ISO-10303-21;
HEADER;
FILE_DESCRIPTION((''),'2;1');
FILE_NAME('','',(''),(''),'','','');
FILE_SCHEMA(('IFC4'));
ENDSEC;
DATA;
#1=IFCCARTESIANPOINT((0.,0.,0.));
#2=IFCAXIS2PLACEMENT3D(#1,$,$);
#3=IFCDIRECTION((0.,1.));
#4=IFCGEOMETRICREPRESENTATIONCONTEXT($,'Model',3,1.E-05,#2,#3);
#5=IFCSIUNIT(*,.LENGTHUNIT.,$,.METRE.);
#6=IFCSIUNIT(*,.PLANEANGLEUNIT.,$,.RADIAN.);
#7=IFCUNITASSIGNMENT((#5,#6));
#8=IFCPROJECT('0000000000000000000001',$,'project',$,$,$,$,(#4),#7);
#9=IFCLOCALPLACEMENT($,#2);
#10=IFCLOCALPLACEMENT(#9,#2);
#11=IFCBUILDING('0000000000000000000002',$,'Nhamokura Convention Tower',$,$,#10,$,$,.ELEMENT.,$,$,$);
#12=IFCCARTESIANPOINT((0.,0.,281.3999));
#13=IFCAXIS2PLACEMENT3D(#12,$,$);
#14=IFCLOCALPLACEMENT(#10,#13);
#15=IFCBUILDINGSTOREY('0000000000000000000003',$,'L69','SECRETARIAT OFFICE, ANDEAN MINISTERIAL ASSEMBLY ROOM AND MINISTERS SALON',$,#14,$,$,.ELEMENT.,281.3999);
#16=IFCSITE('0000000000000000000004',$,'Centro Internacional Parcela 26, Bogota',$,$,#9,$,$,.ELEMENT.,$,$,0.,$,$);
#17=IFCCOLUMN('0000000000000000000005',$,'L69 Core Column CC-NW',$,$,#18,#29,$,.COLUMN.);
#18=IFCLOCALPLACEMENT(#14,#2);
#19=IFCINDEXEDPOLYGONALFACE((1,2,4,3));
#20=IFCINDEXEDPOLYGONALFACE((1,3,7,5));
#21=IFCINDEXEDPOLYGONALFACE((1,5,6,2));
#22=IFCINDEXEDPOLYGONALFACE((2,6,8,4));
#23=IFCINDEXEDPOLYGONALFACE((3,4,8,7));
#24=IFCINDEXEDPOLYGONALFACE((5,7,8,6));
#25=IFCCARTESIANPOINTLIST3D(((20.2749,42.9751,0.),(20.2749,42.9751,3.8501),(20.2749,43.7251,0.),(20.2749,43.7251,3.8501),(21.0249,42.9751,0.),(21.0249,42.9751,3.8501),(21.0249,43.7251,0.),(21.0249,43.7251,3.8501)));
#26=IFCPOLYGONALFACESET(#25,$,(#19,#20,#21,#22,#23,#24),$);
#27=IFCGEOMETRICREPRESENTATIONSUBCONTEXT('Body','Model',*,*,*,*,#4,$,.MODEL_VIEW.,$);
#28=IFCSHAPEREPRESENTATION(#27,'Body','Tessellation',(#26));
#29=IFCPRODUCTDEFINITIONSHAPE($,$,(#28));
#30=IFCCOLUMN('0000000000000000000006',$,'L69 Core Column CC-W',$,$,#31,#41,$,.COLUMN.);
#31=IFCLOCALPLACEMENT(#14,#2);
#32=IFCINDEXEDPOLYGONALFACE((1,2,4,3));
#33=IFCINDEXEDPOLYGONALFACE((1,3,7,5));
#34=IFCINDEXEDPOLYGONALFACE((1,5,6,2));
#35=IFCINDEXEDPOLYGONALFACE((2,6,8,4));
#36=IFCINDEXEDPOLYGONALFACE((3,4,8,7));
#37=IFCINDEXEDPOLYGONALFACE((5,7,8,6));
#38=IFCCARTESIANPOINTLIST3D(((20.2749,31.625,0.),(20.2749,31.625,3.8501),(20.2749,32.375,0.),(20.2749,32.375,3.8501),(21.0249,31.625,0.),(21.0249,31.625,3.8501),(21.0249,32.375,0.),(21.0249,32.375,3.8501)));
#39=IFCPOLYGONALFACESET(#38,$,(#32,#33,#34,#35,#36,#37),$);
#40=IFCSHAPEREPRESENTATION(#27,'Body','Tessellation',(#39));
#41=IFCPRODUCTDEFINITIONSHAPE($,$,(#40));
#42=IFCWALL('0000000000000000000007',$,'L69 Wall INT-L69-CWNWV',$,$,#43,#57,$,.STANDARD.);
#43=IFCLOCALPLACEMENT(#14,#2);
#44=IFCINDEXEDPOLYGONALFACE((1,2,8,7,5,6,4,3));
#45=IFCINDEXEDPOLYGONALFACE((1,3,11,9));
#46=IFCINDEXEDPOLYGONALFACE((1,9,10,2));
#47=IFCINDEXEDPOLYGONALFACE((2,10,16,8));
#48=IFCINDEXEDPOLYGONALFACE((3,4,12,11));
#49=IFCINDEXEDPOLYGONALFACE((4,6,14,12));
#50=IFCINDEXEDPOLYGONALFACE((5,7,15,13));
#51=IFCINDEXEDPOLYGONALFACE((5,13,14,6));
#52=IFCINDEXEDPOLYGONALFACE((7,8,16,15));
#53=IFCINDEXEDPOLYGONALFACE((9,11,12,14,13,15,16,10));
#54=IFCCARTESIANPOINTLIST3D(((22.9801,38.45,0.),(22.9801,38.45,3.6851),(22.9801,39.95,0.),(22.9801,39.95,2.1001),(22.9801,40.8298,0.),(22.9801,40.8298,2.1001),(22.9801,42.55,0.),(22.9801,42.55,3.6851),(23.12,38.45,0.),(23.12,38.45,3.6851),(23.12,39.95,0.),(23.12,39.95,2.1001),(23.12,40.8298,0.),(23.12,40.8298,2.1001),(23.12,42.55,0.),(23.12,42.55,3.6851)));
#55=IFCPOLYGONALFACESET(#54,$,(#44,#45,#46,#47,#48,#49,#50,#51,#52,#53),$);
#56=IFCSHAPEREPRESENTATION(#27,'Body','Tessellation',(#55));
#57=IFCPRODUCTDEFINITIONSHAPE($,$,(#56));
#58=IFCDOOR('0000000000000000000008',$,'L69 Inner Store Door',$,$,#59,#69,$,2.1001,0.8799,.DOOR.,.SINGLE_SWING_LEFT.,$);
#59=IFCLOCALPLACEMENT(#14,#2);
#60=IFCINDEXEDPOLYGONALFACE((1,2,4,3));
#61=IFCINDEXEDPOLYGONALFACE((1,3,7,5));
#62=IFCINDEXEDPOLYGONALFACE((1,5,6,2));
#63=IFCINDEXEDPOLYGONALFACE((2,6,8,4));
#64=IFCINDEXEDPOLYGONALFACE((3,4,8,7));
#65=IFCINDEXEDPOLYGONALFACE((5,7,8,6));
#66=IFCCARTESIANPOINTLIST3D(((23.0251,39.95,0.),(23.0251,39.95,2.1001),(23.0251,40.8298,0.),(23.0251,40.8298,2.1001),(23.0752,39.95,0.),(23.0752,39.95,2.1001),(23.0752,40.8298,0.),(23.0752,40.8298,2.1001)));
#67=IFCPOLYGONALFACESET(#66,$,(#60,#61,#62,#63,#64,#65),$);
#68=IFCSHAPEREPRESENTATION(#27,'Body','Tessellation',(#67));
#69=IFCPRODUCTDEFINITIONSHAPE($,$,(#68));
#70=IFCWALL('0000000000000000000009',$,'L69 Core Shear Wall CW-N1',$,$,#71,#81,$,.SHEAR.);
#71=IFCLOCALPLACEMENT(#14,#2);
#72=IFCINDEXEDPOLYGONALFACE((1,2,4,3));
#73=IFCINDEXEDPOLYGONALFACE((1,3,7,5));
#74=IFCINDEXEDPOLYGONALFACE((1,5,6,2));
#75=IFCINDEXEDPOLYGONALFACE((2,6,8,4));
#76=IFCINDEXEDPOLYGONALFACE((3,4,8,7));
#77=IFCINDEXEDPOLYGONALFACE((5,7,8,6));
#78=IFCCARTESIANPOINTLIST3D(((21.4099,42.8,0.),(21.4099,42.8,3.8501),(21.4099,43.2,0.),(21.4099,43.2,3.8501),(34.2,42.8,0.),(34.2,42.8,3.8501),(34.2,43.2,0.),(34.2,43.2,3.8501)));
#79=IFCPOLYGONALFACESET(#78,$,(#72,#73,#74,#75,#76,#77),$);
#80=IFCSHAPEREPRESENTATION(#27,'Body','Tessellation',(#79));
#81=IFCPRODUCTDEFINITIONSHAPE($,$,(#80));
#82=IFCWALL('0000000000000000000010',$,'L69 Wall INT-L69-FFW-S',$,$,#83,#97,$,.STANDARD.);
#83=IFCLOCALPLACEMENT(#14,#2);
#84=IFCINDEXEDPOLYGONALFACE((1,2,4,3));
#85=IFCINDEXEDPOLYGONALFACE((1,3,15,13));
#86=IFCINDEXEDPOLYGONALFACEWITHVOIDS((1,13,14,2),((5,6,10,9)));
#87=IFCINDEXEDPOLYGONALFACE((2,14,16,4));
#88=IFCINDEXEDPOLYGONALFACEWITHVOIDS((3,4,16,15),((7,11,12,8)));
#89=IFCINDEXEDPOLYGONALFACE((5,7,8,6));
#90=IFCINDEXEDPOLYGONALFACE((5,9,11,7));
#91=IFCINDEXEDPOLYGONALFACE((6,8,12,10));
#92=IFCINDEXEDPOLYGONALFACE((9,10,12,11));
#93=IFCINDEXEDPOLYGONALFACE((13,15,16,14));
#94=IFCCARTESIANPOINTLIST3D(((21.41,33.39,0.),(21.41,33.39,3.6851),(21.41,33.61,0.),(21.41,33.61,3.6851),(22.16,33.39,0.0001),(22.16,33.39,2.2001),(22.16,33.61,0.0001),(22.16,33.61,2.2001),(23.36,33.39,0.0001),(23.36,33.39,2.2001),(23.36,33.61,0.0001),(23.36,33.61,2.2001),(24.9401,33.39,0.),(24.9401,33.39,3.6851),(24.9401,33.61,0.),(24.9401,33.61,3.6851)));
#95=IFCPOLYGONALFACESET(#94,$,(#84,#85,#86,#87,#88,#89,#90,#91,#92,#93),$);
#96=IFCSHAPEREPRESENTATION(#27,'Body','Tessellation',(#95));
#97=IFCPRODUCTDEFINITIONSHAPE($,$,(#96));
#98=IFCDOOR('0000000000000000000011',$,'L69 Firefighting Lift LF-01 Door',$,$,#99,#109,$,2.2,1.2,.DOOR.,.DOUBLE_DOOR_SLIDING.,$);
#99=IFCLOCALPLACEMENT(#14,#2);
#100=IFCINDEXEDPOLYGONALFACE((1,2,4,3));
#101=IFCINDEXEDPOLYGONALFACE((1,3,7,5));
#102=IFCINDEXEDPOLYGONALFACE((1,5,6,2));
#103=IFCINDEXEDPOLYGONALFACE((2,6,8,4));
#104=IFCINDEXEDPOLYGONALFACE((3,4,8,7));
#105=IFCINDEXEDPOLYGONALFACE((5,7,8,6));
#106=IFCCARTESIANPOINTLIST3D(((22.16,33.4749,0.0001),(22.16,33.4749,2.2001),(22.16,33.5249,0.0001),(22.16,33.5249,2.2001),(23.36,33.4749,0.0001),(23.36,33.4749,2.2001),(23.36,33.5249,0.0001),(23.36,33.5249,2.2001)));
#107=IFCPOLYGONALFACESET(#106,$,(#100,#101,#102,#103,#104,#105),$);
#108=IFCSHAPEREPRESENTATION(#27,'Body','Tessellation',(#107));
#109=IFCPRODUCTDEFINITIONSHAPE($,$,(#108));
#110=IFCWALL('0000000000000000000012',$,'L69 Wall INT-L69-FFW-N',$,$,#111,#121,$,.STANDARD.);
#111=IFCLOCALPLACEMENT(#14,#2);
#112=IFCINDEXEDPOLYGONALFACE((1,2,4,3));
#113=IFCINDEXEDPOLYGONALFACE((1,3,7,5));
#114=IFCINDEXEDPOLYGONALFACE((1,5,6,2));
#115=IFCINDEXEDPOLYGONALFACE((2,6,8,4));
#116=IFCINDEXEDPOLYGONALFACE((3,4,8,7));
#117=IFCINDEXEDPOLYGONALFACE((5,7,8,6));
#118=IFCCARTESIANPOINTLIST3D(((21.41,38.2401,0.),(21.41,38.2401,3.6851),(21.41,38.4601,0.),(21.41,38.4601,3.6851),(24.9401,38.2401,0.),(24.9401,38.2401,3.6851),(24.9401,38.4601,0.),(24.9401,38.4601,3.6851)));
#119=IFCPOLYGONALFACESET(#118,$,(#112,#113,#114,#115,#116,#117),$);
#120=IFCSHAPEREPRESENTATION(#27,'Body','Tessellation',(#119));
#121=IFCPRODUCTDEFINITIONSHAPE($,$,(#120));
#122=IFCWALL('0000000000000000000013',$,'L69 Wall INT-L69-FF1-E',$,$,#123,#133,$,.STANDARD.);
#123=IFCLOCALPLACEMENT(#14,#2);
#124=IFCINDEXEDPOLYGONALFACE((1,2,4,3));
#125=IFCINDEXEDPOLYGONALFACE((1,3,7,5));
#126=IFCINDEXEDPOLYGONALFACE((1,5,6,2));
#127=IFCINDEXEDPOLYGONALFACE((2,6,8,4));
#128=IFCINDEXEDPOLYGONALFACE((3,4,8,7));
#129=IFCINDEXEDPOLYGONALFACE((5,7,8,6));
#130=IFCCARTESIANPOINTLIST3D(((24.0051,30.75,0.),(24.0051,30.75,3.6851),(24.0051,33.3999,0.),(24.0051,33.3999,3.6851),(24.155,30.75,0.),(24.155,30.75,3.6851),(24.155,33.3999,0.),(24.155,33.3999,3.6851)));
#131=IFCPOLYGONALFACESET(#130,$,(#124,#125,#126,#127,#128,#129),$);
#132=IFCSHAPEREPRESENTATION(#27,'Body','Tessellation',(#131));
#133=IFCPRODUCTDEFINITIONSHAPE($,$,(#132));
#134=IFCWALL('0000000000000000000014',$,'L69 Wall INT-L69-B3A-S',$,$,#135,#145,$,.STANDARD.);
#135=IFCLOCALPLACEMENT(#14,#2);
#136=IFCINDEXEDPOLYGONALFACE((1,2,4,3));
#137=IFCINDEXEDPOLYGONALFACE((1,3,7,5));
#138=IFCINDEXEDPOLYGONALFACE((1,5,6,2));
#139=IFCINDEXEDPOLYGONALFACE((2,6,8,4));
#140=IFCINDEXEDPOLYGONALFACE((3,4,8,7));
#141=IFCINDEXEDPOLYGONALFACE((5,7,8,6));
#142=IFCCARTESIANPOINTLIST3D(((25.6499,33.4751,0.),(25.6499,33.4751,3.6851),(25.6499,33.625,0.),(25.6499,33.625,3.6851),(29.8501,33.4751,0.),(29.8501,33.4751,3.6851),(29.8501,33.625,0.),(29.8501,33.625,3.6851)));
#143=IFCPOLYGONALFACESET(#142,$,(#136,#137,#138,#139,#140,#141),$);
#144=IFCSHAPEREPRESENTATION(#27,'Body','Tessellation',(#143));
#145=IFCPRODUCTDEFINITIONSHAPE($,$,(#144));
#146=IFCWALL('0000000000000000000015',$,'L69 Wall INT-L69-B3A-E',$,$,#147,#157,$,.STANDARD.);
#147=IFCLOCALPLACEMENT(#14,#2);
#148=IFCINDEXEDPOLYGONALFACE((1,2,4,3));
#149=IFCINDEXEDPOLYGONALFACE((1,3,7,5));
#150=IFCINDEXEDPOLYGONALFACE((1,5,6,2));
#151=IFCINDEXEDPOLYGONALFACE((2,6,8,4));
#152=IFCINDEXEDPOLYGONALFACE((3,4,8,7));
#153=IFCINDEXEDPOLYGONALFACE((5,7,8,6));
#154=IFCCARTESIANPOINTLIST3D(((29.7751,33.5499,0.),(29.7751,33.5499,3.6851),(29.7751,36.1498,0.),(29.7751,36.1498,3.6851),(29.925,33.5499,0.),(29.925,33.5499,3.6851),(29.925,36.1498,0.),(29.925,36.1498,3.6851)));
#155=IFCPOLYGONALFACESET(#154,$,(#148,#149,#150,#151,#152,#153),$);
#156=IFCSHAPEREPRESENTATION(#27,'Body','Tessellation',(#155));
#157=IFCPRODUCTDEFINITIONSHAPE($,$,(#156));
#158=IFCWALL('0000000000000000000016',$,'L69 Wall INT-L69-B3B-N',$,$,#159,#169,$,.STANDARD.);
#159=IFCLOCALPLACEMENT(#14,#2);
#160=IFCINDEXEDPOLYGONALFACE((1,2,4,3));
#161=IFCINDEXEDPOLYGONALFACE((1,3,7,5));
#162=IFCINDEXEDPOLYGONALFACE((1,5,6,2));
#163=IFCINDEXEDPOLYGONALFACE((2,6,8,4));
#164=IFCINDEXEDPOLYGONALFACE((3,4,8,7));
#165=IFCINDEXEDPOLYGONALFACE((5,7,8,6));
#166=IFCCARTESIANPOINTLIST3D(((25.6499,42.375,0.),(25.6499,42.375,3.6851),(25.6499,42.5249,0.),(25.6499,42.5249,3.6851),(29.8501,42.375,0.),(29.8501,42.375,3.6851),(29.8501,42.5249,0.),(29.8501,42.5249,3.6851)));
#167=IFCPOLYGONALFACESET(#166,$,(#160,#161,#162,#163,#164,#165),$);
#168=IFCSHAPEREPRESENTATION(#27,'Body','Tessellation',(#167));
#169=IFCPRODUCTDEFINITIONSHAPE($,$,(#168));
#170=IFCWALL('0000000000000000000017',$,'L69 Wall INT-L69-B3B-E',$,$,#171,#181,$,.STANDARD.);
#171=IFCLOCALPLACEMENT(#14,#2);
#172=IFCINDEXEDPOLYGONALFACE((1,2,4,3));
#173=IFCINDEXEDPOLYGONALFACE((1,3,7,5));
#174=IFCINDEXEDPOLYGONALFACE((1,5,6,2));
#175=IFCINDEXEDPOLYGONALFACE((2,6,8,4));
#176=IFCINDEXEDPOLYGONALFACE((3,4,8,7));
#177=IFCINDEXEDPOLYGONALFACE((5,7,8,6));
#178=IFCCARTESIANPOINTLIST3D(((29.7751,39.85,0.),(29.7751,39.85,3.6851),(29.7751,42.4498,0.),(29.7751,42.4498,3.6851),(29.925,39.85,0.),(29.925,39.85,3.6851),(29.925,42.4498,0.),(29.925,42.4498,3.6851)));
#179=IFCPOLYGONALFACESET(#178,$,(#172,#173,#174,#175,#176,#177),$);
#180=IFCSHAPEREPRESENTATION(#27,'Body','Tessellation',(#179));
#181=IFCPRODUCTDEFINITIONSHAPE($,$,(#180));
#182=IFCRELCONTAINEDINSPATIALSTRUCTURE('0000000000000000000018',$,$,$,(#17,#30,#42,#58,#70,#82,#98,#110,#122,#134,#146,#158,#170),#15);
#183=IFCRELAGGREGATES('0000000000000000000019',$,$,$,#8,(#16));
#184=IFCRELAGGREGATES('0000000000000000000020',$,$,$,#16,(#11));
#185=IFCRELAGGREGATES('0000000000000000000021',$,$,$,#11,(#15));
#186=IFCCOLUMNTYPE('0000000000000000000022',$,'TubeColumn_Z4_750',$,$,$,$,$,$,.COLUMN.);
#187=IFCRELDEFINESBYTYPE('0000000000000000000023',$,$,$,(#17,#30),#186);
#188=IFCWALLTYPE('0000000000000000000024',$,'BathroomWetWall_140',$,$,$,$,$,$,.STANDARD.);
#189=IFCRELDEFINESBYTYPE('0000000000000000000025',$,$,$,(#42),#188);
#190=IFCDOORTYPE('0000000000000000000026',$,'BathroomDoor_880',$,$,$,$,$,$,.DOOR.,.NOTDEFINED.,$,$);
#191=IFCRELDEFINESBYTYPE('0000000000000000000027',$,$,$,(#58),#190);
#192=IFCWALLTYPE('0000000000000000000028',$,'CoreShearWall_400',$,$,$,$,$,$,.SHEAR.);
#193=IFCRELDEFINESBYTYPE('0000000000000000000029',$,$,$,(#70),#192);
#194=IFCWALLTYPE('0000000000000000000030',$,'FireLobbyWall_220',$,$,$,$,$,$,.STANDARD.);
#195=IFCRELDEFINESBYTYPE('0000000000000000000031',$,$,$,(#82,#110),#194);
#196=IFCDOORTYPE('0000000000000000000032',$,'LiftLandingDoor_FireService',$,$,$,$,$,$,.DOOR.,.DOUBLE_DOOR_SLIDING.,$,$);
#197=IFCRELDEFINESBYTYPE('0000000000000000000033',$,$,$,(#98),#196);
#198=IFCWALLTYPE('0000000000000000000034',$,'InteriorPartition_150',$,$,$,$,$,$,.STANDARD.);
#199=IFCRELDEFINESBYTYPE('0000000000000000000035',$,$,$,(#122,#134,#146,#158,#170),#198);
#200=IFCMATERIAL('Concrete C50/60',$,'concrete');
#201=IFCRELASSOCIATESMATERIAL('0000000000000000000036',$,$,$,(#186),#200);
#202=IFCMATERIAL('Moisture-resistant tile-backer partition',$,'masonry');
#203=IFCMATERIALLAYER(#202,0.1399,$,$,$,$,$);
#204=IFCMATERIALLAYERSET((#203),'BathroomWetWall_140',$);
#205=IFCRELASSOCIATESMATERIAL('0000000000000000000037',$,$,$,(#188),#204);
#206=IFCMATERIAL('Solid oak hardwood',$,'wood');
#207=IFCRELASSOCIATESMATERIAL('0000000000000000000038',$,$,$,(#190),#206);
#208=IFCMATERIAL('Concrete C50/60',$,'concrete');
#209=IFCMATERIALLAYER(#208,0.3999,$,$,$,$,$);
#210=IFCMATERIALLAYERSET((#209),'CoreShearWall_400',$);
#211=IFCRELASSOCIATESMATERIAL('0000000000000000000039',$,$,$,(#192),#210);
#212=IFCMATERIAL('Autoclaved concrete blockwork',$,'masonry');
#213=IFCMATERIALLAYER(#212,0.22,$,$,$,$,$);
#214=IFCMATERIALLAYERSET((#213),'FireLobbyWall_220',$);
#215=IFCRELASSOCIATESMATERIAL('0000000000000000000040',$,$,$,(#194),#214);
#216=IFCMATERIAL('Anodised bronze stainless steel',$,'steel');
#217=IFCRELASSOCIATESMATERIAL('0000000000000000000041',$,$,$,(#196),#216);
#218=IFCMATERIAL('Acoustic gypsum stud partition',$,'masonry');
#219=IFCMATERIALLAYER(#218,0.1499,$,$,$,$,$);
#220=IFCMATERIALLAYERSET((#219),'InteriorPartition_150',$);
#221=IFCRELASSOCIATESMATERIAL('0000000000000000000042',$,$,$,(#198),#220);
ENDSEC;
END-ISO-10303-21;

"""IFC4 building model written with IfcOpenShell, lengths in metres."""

from ifc_helpers import new_model, si_unit, direction, frame, frame_2d, origin, origin_2d, place, context, subcontext, project, spatial, rectangle, extrude, material, layer, layer_set, material_profile, profile_set, type_object, element, fill, save


model = new_model("IFC4")

# Units and contexts
model_context = context("Model", 3, precision=1e-05, world=origin(), true_north=direction((0.0, 1.0)))
body_context = subcontext(model_context, "Body", "Model", "MODEL_VIEW")
ifc_project = project(units=[si_unit("LENGTHUNIT", "METRE"), si_unit("PLANEANGLEUNIT", "RADIAN")], contexts=[model_context])

# Site, building, storey
site_placement = place(None, origin())
site = spatial("IfcSite", under=ifc_project, at=site_placement, Name="Centro Internacional Parcela 26, Bogota", CompositionType="ELEMENT", RefElevation=0.0)
building_placement = place(site_placement, origin())
building = spatial("IfcBuilding", under=site, at=building_placement, Name="Nhamokura Convention Tower", CompositionType="ELEMENT")
storey_placement = place(building_placement, frame((0.0, 0.0, 281.3999)))
storey = spatial("IfcBuildingStorey", under=building, at=storey_placement, Name="L69", Description="SECRETARIAT OFFICE, ANDEAN MINISTERIAL ASSEMBLY ROOM AND MINISTERS SALON", CompositionType="ELEMENT", Elevation=281.3999)

# Columns
ifc_material_1 = material(Name="Concrete C50/60", Category="concrete")
ifc_material_profile = material_profile(ifc_material_1, rectangle(XDim=0.75, YDim=0.75, at=origin_2d()))
ifc_profile_set = profile_set([ifc_material_profile], Name="Concrete C50/60")
column_type = type_object("IfcColumnType", Name="TubeColumn_Z4_750", PredefinedType="COLUMN", material=ifc_profile_set)
for number, where, z_axis, x_axis, name in (
    (1, (20.6499, 43.3501, 0.0), (0.0, 0.0, 1.0), (1.0, 0.0, 0.0), "L69 Core Column CC-NW"),
    (2, (20.6499, 32.0, 0.0), (0.0, 0.0, 1.0), (1.0, 0.0, 0.0), "L69 Core Column CC-W"),
):
    element("IfcColumn", number, at=place(storey_placement, frame(where, z_axis=z_axis, x_axis=x_axis)), inside=storey, type_object=column_type, Name=name, PredefinedType="COLUMN", context=body_context, shape_type="SweptSolid", body=[
        extrude(rectangle(XDim=0.75, YDim=0.75, at=origin_2d()), origin(), (0.0, 0.0, 1.0), 3.8501),
    ])

# Wall, opening, door
ifc_material_2 = material(Name="Moisture-resistant tile-backer partition", Category="masonry")
ifc_layer_1 = layer(ifc_material_2, 0.1399)
ifc_layer_set_1 = layer_set([ifc_layer_1], Name="BathroomWetWall_140")
wall_type_1 = type_object("IfcWallType", Name="BathroomWetWall_140", PredefinedType="STANDARD", material=ifc_layer_set_1)
wall_1_placement = place(storey_placement, frame((23.05, 38.45, 0.0), z_axis=(0.0, 0.0, 1.0), x_axis=(0.0, 1.0, 0.0)))
wall_1 = element("IfcWall", 3, at=wall_1_placement, inside=storey, type_object=wall_type_1, Name="L69 Wall INT-L69-CWNWV", PredefinedType="STANDARD", context=body_context, shape_type="SweptSolid", body=[
    extrude(rectangle(XDim=4.1001, YDim=0.1399, at=frame_2d((2.05, 0.0))), origin(), (0.0, 0.0, 1.0), 3.6851),
])
opening_1_placement = place(wall_1_placement, frame((1.5, 0.0, 0.0)))
opening_1 = element("IfcOpeningElement", 4, at=opening_1_placement, cuts=wall_1, PredefinedType="OPENING", context=body_context, shape_type="SweptSolid", body=[
    extrude(rectangle(XDim=0.8799, YDim=2.1001, at=frame_2d((0.4399, 1.05))), frame((0.0, 0.0798, 0.0), z_axis=(0.0, -1.0, 0.0), x_axis=(1.0, 0.0, 0.0)), (0.0, 0.0, 1.0), 0.1599),
])
ifc_material_3 = material(Name="Solid oak hardwood", Category="wood")
door_type_1 = type_object("IfcDoorType", Name="BathroomDoor_880", OperationType="NOTDEFINED", PredefinedType="DOOR", material=ifc_material_3)
door_1_placement = place(opening_1_placement, origin())
door_1 = element("IfcDoor", 5, at=door_1_placement, inside=storey, type_object=door_type_1, Name="L69 Inner Store Door", OperationType="SINGLE_SWING_LEFT", OverallHeight=2.1001, OverallWidth=0.8799, PredefinedType="DOOR", context=body_context, shape_type="SweptSolid", body=[
    extrude(rectangle(XDim=0.8799, YDim=2.1001, at=frame_2d((0.4399, 1.05))), frame((0.0, 0.0249, 0.0), z_axis=(0.0, -1.0, 0.0), x_axis=(1.0, 0.0, 0.0)), (0.0, 0.0, 1.0), 0.05),
])
fill(opening_1, door_1)

# Wall
ifc_material_4 = material(Name="Concrete C50/60", Category="concrete")
ifc_layer_2 = layer(ifc_material_4, 0.3999)
ifc_layer_set_2 = layer_set([ifc_layer_2], Name="CoreShearWall_400")
wall_type_2 = type_object("IfcWallType", Name="CoreShearWall_400", PredefinedType="SHEAR", material=ifc_layer_set_2)
wall_2_placement = place(storey_placement, frame((21.4099, 43.0, 0.0), z_axis=(0.0, 0.0, 1.0), x_axis=(1.0, 0.0, 0.0)))
element("IfcWall", 6, at=wall_2_placement, inside=storey, type_object=wall_type_2, Name="L69 Core Shear Wall CW-N1", PredefinedType="SHEAR", context=body_context, shape_type="SweptSolid", body=[
    extrude(rectangle(XDim=12.79, YDim=0.3999, at=frame_2d((6.395, 0.0))), origin(), (0.0, 0.0, 1.0), 3.8501),
])

# Wall, opening, door
ifc_material_5 = material(Name="Autoclaved concrete blockwork", Category="masonry")
ifc_layer_3 = layer(ifc_material_5, 0.22)
ifc_layer_set_3 = layer_set([ifc_layer_3], Name="FireLobbyWall_220")
wall_type_3 = type_object("IfcWallType", Name="FireLobbyWall_220", PredefinedType="STANDARD", material=ifc_layer_set_3)
wall_3_placement = place(storey_placement, frame((21.4099, 33.5, 0.0), z_axis=(0.0, 0.0, 1.0), x_axis=(1.0, 0.0, 0.0)))
wall_3 = element("IfcWall", 7, at=wall_3_placement, inside=storey, type_object=wall_type_3, Name="L69 Wall INT-L69-FFW-S", PredefinedType="STANDARD", context=body_context, shape_type="SweptSolid", body=[
    extrude(rectangle(XDim=3.53, YDim=0.22, at=frame_2d((1.7651, 0.0))), origin(), (0.0, 0.0, 1.0), 3.6851),
])
opening_2_placement = place(wall_3_placement, frame((0.75, 0.0, 0.0)))
opening_2 = element("IfcOpeningElement", 8, at=opening_2_placement, cuts=wall_3, PredefinedType="OPENING", context=body_context, shape_type="SweptSolid", body=[
    extrude(rectangle(XDim=1.2, YDim=2.2, at=frame_2d((0.6001, 1.1001))), frame((0.0, 0.1199, 0.0), z_axis=(0.0, -1.0, 0.0), x_axis=(1.0, 0.0, 0.0)), (0.0, 0.0, 1.0), 0.24),
])
ifc_material_6 = material(Name="Anodised bronze stainless steel", Category="steel")
door_type_2 = type_object("IfcDoorType", Name="LiftLandingDoor_FireService", OperationType="DOUBLE_DOOR_SLIDING", PredefinedType="DOOR", material=ifc_material_6)
door_2_placement = place(opening_2_placement, origin())
door_2 = element("IfcDoor", 9, at=door_2_placement, inside=storey, type_object=door_type_2, Name="L69 Firefighting Lift LF-01 Door", OperationType="DOUBLE_DOOR_SLIDING", OverallHeight=2.2, OverallWidth=1.2, PredefinedType="DOOR", context=body_context, shape_type="SweptSolid", body=[
    extrude(rectangle(XDim=1.2, YDim=2.2, at=frame_2d((0.6001, 1.1001))), frame((0.0, 0.0249, 0.0), z_axis=(0.0, -1.0, 0.0), x_axis=(1.0, 0.0, 0.0)), (0.0, 0.0, 1.0), 0.05),
])
fill(opening_2, door_2)

# Wall
wall_4_placement = place(storey_placement, frame((21.4099, 38.3501, 0.0), z_axis=(0.0, 0.0, 1.0), x_axis=(1.0, 0.0, 0.0)))
element("IfcWall", 10, at=wall_4_placement, inside=storey, type_object=wall_type_3, Name="L69 Wall INT-L69-FFW-N", PredefinedType="STANDARD", context=body_context, shape_type="SweptSolid", body=[
    extrude(rectangle(XDim=3.53, YDim=0.22, at=frame_2d((1.7651, 0.0))), origin(), (0.0, 0.0, 1.0), 3.6851),
])

# Walls
ifc_material_7 = material(Name="Acoustic gypsum stud partition", Category="masonry")
ifc_layer_4 = layer(ifc_material_7, 0.1499)
ifc_layer_set_4 = layer_set([ifc_layer_4], Name="InteriorPartition_150")
wall_type_4 = type_object("IfcWallType", Name="InteriorPartition_150", PredefinedType="STANDARD", material=ifc_layer_set_4)
wall_5_placement = place(storey_placement, frame((24.0801, 30.75, 0.0), z_axis=(0.0, 0.0, 1.0), x_axis=(0.0, 1.0, 0.0)))
element("IfcWall", 11, at=wall_5_placement, inside=storey, type_object=wall_type_4, Name="L69 Wall INT-L69-FF1-E", PredefinedType="STANDARD", context=body_context, shape_type="SweptSolid", body=[
    extrude(rectangle(XDim=2.6499, YDim=0.1499, at=frame_2d((1.325, 0.0))), origin(), (0.0, 0.0, 1.0), 3.6851),
])
wall_6_placement = place(storey_placement, frame((25.6499, 33.55, 0.0), z_axis=(0.0, 0.0, 1.0), x_axis=(1.0, 0.0, 0.0)))
element("IfcWall", 12, at=wall_6_placement, inside=storey, type_object=wall_type_4, Name="L69 Wall INT-L69-B3A-S", PredefinedType="STANDARD", context=body_context, shape_type="SweptSolid", body=[
    extrude(rectangle(XDim=4.2002, YDim=0.1499, at=frame_2d((2.1001, 0.0))), origin(), (0.0, 0.0, 1.0), 3.6851),
])
wall_7_placement = place(storey_placement, frame((29.8501, 33.55, 0.0), z_axis=(0.0, 0.0, 1.0), x_axis=(0.0, 1.0, 0.0)))
element("IfcWall", 13, at=wall_7_placement, inside=storey, type_object=wall_type_4, Name="L69 Wall INT-L69-B3A-E", PredefinedType="STANDARD", context=body_context, shape_type="SweptSolid", body=[
    extrude(rectangle(XDim=2.5999, YDim=0.1499, at=frame_2d((1.2998, 0.0))), origin(), (0.0, 0.0, 1.0), 3.6851),
])
wall_8_placement = place(storey_placement, frame((25.6499, 42.45, 0.0), z_axis=(0.0, 0.0, 1.0), x_axis=(1.0, 0.0, 0.0)))
element("IfcWall", 14, at=wall_8_placement, inside=storey, type_object=wall_type_4, Name="L69 Wall INT-L69-B3B-N", PredefinedType="STANDARD", context=body_context, shape_type="SweptSolid", body=[
    extrude(rectangle(XDim=4.2002, YDim=0.1499, at=frame_2d((2.1001, 0.0))), origin(), (0.0, 0.0, 1.0), 3.6851),
])
wall_9_placement = place(storey_placement, frame((29.8501, 39.8501, 0.0), z_axis=(0.0, 0.0, 1.0), x_axis=(0.0, 1.0, 0.0)))
element("IfcWall", 15, at=wall_9_placement, inside=storey, type_object=wall_type_4, Name="L69 Wall INT-L69-B3B-E", PredefinedType="STANDARD", context=body_context, shape_type="SweptSolid", body=[
    extrude(rectangle(XDim=2.5999, YDim=0.1499, at=frame_2d((1.2998, 0.0))), origin(), (0.0, 0.0, 1.0), 3.6851),
])

save(model, "model.ifc")
